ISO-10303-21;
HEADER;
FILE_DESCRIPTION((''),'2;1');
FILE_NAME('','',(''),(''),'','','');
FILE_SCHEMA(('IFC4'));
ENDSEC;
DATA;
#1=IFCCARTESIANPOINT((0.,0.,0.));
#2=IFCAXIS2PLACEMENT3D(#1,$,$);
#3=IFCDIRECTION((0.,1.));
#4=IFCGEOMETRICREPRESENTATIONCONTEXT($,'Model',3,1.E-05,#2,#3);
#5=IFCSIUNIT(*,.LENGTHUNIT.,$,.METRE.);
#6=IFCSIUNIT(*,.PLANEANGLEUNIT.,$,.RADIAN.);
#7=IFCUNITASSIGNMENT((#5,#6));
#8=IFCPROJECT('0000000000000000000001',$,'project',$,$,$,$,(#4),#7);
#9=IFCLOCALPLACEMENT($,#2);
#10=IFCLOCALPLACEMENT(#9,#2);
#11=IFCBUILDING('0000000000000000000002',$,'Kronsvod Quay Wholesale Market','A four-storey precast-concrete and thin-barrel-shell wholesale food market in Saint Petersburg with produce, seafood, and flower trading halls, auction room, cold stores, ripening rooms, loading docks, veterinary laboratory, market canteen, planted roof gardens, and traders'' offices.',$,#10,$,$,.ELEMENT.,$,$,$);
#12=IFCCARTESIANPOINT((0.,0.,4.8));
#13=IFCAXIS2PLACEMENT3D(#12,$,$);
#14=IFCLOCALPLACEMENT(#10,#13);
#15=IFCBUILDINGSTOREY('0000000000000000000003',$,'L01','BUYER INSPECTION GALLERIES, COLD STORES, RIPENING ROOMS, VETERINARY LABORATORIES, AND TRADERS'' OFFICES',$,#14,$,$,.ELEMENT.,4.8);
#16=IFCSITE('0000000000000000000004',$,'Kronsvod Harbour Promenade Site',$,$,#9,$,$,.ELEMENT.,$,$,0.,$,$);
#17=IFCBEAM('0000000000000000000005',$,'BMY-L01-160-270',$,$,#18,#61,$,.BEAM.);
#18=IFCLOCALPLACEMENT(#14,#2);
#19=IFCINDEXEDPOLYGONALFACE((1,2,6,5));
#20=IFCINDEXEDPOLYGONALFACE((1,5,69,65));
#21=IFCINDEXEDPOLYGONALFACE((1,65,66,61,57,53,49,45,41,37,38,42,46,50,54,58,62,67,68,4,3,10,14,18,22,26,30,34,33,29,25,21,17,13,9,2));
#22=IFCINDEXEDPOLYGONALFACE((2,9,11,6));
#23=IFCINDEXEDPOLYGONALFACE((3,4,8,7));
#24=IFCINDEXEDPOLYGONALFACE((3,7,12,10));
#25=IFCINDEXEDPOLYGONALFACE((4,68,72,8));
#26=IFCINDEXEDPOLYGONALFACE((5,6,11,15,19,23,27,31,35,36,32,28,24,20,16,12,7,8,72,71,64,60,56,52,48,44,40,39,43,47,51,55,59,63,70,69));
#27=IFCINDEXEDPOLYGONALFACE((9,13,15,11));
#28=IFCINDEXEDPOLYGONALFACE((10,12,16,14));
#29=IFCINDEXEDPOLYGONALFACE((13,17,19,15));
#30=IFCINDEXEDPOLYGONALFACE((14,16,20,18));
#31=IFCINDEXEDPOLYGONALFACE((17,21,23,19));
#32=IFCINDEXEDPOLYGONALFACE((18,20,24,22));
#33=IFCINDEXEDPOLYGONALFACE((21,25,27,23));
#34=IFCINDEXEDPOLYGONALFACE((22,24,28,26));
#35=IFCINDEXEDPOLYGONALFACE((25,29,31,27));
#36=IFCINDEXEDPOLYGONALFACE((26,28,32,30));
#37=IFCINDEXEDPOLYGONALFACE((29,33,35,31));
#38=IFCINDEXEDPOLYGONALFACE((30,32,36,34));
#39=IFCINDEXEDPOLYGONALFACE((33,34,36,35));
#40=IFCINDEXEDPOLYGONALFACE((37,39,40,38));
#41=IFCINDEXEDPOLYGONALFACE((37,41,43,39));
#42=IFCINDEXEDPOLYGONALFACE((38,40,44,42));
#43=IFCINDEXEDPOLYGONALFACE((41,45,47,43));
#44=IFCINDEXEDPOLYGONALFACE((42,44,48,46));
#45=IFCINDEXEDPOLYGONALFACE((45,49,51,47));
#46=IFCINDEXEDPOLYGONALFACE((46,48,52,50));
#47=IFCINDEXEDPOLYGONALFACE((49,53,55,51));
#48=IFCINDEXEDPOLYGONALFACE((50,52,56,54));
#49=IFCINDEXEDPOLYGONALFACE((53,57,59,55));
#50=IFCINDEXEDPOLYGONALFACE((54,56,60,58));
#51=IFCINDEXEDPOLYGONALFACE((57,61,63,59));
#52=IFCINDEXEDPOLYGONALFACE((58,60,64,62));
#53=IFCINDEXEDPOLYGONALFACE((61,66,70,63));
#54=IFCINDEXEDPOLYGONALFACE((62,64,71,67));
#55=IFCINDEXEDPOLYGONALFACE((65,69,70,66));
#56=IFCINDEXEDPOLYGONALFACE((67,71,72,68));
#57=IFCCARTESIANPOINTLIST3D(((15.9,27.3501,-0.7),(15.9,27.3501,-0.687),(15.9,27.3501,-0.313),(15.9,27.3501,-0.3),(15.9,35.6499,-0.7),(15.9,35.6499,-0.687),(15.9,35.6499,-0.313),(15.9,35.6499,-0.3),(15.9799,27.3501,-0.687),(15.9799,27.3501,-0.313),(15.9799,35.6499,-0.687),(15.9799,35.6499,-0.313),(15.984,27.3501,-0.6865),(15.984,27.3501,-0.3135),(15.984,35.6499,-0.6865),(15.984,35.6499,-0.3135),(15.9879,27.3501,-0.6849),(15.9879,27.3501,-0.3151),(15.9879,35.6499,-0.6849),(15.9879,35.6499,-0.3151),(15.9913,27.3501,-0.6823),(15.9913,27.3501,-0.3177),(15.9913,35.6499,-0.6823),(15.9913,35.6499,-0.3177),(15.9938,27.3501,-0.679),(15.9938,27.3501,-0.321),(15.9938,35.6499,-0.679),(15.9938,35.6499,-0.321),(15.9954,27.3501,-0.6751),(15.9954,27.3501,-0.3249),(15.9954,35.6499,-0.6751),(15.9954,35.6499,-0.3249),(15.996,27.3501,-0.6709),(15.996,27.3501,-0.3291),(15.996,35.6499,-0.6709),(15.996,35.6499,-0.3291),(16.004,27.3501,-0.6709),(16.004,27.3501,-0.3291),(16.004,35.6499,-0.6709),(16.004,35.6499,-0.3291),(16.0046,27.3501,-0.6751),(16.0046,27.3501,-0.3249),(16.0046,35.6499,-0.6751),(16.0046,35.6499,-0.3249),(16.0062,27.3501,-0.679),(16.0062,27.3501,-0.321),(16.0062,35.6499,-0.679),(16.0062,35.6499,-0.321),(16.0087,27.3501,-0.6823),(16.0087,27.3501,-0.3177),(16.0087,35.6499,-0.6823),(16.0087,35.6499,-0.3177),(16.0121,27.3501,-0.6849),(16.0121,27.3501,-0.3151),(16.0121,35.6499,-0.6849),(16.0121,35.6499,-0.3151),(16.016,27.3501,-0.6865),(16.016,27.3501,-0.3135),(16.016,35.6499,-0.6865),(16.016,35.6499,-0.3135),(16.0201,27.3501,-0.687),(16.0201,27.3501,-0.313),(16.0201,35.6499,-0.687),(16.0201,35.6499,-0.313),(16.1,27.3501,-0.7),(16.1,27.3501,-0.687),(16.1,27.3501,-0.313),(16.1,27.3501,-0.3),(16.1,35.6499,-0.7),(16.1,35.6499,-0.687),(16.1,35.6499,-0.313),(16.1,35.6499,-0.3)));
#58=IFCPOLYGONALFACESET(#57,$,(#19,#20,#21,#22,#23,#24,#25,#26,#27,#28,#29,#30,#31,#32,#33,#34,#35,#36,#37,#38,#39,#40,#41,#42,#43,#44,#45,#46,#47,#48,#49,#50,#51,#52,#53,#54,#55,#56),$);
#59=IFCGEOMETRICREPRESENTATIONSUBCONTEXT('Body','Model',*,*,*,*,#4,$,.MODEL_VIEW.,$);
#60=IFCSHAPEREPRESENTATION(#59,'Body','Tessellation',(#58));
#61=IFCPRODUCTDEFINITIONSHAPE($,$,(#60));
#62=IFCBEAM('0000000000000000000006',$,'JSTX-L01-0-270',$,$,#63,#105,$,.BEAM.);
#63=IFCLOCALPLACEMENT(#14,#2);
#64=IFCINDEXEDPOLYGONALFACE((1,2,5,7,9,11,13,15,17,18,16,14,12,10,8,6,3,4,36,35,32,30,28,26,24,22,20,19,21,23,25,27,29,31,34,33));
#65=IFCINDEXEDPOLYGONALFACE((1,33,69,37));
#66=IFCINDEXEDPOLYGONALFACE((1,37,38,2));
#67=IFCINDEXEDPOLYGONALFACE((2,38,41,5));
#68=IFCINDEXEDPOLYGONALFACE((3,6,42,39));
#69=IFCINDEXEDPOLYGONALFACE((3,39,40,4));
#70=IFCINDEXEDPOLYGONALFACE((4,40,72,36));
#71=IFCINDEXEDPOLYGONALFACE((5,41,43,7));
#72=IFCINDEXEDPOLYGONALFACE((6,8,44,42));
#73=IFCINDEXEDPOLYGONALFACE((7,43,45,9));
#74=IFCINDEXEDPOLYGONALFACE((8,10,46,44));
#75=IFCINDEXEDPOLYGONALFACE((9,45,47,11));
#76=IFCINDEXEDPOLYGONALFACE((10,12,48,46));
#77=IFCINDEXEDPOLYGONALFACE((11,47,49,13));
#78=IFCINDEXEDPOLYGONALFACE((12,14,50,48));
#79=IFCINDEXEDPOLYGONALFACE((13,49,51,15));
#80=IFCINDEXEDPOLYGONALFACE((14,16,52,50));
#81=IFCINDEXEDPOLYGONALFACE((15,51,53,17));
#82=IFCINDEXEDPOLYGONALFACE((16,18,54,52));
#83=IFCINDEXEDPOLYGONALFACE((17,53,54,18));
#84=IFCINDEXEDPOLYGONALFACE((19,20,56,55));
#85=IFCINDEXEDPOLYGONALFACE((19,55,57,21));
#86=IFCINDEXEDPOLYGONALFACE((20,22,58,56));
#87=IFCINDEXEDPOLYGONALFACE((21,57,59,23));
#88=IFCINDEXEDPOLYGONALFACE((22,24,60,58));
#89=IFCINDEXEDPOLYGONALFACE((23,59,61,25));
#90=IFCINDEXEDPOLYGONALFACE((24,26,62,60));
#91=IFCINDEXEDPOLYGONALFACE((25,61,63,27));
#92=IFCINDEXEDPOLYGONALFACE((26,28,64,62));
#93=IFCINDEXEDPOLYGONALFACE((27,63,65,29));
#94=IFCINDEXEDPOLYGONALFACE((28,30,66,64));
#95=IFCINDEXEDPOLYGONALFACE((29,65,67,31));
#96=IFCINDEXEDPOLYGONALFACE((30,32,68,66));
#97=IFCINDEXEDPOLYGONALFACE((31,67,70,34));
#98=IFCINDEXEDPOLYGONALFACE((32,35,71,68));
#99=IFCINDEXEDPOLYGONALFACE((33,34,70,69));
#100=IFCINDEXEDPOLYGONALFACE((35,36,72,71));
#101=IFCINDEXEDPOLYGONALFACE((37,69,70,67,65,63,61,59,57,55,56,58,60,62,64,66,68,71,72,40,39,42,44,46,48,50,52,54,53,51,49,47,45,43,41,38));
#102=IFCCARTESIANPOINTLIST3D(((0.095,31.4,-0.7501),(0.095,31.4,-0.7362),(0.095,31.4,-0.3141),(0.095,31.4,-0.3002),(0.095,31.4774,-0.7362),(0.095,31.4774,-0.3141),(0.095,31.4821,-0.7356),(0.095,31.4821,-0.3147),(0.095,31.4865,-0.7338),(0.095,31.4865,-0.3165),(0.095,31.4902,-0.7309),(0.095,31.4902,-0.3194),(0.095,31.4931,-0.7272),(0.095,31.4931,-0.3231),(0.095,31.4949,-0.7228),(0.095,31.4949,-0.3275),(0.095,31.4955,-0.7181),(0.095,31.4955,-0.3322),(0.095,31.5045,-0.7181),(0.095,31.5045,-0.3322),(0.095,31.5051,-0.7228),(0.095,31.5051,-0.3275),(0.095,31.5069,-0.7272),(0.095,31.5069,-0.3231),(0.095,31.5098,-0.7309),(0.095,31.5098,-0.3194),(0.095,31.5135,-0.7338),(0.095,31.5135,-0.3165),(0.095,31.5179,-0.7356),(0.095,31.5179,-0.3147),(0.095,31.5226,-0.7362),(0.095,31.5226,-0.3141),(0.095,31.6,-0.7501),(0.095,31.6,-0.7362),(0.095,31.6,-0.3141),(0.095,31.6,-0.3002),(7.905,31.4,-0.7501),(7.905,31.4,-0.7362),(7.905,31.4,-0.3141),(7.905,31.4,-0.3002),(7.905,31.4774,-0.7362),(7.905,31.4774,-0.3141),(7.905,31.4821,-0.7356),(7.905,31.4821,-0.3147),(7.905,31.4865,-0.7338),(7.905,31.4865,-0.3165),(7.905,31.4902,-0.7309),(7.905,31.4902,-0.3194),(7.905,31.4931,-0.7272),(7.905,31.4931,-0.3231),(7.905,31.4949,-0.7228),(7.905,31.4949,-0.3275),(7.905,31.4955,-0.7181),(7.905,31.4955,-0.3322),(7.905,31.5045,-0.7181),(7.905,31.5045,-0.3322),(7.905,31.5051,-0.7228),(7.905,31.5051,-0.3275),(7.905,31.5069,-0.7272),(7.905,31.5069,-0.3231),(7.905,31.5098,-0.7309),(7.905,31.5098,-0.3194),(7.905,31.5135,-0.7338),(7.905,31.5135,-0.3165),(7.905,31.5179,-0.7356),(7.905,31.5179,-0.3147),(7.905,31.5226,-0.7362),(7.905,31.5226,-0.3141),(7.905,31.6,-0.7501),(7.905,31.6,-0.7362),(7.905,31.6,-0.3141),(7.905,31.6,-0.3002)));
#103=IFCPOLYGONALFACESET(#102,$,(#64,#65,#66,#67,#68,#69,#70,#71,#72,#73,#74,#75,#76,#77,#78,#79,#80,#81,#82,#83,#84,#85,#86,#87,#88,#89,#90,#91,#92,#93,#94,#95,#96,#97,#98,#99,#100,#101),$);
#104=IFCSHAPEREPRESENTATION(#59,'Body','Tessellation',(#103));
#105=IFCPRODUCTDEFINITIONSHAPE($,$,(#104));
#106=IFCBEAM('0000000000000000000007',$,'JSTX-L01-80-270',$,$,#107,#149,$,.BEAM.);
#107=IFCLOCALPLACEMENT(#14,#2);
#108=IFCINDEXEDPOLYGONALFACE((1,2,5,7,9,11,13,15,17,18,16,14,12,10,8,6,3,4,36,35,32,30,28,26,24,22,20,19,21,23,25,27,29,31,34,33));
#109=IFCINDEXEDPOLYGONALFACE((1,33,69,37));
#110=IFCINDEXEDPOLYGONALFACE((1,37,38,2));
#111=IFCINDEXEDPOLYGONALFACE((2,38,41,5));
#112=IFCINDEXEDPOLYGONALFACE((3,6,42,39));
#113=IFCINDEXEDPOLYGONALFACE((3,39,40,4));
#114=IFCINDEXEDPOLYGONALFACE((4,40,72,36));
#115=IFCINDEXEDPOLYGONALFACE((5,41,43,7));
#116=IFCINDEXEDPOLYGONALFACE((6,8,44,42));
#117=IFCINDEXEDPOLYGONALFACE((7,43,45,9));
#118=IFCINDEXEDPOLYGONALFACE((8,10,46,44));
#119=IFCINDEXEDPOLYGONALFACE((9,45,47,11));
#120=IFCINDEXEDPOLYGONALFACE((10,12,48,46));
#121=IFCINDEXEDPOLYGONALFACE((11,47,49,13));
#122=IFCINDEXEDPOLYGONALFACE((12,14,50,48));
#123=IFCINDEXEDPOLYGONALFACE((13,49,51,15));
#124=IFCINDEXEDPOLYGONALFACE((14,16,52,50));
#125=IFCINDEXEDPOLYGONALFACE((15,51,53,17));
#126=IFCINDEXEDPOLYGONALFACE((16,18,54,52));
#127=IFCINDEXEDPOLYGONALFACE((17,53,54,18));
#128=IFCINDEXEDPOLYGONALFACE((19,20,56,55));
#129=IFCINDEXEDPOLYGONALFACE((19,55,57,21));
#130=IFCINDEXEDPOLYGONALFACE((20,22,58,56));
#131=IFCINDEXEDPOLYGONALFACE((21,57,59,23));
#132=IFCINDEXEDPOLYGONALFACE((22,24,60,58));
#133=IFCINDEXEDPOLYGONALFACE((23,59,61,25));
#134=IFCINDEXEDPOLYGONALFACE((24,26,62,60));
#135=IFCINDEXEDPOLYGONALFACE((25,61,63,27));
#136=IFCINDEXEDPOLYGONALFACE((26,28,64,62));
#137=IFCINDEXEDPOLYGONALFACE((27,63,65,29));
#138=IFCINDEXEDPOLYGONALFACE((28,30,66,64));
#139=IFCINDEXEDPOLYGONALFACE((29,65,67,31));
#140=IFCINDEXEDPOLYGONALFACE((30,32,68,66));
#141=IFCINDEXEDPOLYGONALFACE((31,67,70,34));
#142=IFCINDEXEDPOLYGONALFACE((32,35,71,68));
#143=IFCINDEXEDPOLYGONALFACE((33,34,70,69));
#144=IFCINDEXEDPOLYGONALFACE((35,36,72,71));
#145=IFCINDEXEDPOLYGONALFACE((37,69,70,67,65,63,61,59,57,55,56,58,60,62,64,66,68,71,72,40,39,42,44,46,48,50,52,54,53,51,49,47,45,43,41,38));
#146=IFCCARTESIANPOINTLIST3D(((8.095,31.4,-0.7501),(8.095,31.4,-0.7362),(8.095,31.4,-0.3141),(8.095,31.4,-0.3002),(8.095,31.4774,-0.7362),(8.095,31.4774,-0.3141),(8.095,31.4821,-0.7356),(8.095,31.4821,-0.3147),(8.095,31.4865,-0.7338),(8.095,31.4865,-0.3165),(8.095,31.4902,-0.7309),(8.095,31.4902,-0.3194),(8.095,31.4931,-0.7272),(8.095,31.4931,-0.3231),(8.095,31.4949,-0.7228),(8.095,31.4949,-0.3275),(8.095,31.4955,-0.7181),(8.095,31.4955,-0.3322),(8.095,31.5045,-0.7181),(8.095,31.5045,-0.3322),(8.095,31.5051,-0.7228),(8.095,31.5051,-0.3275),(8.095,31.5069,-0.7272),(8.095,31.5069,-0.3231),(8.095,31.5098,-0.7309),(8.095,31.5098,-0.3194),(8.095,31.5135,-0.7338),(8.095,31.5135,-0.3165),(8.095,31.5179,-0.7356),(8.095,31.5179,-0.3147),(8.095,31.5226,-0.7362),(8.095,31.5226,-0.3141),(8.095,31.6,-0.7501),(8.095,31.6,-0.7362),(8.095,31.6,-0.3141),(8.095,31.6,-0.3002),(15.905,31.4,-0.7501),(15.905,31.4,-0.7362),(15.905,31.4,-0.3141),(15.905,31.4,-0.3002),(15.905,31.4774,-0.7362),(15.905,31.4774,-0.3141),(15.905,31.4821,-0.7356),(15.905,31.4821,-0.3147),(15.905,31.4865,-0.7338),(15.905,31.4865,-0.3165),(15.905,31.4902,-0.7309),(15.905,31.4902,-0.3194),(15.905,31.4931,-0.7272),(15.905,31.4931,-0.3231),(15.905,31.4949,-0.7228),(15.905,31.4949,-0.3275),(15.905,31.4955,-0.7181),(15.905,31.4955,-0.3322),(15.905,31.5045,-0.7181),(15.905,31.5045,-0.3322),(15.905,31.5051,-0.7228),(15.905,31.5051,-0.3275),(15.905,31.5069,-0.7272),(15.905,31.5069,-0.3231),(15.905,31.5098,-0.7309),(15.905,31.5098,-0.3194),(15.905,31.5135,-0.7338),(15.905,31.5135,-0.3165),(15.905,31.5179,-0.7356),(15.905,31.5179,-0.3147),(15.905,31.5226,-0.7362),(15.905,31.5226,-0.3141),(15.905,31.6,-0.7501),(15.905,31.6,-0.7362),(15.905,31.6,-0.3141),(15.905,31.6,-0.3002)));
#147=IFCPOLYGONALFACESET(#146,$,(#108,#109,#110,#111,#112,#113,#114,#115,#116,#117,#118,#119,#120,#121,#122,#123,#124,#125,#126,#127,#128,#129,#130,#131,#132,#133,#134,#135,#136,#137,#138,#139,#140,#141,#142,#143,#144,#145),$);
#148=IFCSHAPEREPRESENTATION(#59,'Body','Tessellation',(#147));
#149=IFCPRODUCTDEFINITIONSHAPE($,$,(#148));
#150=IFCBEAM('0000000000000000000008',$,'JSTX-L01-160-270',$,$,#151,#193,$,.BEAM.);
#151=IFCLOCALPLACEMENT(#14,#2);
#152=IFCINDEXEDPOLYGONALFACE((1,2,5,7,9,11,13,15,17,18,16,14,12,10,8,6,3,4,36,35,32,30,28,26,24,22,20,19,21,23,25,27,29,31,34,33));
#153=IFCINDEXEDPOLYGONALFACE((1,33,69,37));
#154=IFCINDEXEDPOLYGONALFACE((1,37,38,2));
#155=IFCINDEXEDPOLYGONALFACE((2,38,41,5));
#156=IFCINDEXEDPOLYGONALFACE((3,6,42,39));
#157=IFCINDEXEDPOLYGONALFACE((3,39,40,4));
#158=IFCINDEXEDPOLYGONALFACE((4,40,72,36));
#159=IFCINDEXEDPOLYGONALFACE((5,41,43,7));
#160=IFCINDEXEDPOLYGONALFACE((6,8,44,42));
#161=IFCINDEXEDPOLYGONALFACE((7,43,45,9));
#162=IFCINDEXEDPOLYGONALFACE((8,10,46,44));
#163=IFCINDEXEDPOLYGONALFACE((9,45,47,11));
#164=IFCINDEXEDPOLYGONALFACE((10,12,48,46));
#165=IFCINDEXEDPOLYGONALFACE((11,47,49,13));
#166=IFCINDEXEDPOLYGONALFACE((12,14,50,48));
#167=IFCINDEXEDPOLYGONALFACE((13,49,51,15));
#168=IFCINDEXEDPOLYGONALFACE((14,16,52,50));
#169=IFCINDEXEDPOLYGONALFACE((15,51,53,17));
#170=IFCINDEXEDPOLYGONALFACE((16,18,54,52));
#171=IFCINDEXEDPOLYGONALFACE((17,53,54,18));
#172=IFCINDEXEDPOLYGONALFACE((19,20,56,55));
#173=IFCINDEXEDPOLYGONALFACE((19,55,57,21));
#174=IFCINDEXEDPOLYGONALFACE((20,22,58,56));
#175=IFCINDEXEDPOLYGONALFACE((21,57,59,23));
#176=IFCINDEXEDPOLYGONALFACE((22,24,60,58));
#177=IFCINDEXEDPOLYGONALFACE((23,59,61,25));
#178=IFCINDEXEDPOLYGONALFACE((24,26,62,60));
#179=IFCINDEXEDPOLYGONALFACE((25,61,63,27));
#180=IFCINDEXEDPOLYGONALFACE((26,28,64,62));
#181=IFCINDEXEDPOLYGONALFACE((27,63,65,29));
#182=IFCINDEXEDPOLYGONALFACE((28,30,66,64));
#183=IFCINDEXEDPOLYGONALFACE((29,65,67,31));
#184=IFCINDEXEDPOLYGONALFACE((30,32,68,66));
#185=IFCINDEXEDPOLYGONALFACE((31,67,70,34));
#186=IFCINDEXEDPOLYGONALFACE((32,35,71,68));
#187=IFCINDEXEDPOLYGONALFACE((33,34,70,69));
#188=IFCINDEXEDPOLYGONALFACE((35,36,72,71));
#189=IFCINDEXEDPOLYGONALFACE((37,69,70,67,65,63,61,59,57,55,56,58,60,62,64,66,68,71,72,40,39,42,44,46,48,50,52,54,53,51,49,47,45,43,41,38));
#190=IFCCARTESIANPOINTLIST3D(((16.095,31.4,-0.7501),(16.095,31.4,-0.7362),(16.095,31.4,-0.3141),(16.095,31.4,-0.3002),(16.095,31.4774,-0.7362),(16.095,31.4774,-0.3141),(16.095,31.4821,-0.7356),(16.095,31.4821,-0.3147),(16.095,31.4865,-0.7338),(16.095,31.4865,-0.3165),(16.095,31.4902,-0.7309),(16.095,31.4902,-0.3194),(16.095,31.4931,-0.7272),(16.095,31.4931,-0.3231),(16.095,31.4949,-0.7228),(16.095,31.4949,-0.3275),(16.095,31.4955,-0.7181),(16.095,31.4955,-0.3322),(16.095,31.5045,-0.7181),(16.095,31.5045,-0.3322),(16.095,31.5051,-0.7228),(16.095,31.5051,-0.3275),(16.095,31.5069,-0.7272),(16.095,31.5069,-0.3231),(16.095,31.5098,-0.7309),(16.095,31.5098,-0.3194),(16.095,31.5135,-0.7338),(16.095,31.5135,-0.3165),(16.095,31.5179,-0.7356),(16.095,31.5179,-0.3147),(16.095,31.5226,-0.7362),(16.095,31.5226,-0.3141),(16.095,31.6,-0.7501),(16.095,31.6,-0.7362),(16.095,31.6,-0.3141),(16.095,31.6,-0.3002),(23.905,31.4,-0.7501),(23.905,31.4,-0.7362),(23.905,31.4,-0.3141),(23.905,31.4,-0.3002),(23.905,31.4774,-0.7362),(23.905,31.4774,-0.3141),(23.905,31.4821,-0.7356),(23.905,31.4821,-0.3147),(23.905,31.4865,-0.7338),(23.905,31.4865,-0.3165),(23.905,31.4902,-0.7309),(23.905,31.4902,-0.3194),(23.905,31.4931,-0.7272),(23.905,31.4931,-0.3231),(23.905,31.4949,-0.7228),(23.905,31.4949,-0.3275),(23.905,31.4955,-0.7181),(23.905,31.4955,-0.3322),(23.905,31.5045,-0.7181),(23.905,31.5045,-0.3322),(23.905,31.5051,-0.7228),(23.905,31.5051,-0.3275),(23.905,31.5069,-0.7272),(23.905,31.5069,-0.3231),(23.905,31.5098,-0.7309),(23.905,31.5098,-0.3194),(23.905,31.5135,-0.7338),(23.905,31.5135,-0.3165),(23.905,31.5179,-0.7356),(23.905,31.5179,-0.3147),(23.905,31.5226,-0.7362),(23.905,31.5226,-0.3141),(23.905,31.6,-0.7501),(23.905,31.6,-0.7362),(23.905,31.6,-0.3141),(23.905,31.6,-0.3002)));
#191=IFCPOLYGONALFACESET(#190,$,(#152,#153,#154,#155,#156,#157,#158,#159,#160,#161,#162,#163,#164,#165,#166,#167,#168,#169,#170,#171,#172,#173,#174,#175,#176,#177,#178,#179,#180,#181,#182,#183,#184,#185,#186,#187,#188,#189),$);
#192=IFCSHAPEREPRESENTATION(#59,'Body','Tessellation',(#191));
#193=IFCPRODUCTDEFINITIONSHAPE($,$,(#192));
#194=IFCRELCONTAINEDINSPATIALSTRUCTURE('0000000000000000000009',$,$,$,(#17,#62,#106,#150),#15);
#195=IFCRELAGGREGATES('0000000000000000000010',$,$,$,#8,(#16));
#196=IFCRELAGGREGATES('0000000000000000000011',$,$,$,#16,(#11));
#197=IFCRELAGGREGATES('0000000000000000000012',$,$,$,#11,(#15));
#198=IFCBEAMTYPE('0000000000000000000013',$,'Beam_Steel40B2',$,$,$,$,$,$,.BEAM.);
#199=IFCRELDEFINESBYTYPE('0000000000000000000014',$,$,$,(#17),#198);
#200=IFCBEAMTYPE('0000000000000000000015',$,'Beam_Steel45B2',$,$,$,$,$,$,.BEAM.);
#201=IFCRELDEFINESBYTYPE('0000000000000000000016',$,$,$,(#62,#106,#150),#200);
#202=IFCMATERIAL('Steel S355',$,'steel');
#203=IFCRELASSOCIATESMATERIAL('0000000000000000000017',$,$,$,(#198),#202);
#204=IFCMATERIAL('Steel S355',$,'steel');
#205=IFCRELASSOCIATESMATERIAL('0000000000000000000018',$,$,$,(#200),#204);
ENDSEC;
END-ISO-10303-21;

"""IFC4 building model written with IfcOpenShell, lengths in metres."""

from ifc_helpers import new_model, si_unit, direction, frame, origin, origin_2d, place, context, subcontext, project, spatial, i_section, extrude, material, material_profile, profile_set, type_object, element, save


model = new_model("IFC4")

# Units and contexts
model_context = context("Model", 3, precision=1e-05, world=origin(), true_north=direction((0.0, 1.0)))
body_context = subcontext(model_context, "Body", "Model", "MODEL_VIEW")
ifc_project = project(units=[si_unit("LENGTHUNIT", "METRE"), si_unit("PLANEANGLEUNIT", "RADIAN")], contexts=[model_context])

# Site, building, storey
site_placement = place(None, origin())
site = spatial("IfcSite", under=ifc_project, at=site_placement, Name="Kronsvod Harbour Promenade Site", CompositionType="ELEMENT", RefElevation=0.0)
building_placement = place(site_placement, origin())
building = spatial("IfcBuilding", under=site, at=building_placement, Name="Kronsvod Quay Wholesale Market", Description="A four-storey precast-concrete and thin-barrel-shell wholesale food market in Saint Petersburg with produce, seafood, and flower trading halls, auction room, cold stores, ripening rooms, loading docks, veterinary laboratory, market canteen, planted roof gardens, and traders' offices.", CompositionType="ELEMENT")
storey_placement = place(building_placement, frame((0.0, 0.0, 4.8)))
storey = spatial("IfcBuildingStorey", under=building, at=storey_placement, Name="L01", Description="BUYER INSPECTION GALLERIES, COLD STORES, RIPENING ROOMS, VETERINARY LABORATORIES, AND TRADERS' OFFICES", CompositionType="ELEMENT", Elevation=4.8)

# Beams
ifc_material_1 = material(Name="Steel S355", Category="steel")
ifc_material_profile_1 = material_profile(ifc_material_1, i_section(OverallWidth=0.2, OverallDepth=0.3999, WebThickness=0.0081, FlangeThickness=0.0129, FilletRadius=0.0161, at=origin_2d()), Name="40B2")
ifc_profile_set_1 = profile_set([ifc_material_profile_1], Name="Steel S355")
beam_type_1 = type_object("IfcBeamType", Name="Beam_Steel40B2", PredefinedType="BEAM", material=ifc_profile_set_1)
for number, where, z_axis, x_axis, name in (
    (1, (16.0, 27.3501, -0.5), (0.0, 1.0, 0.0), (-1.0, 0.0, 0.0), "BMY-L01-160-270"),
):
    element("IfcBeam", number, at=place(storey_placement, frame(where, z_axis=z_axis, x_axis=x_axis)), inside=storey, type_object=beam_type_1, Name=name, PredefinedType="BEAM", context=body_context, shape_type="SweptSolid", body=[
        extrude(i_section(OverallWidth=0.2, OverallDepth=0.3999, WebThickness=0.0081, FlangeThickness=0.0129, FilletRadius=0.0161, at=origin_2d()), origin(), (0.0, 0.0, 1.0), 8.2998),
    ])
ifc_material_2 = material(Name="Steel S355", Category="steel")
ifc_material_profile_2 = material_profile(ifc_material_2, i_section(OverallWidth=0.2, OverallDepth=0.45, WebThickness=0.009, FlangeThickness=0.0139, FilletRadius=0.0181, at=origin_2d()), Name="45B2")
ifc_profile_set_2 = profile_set([ifc_material_profile_2], Name="Steel S355")
beam_type_2 = type_object("IfcBeamType", Name="Beam_Steel45B2", PredefinedType="BEAM", material=ifc_profile_set_2)
for number, where, z_axis, x_axis, name in (
    (2, (0.095, 31.5, -0.5251), (1.0, 0.0, 0.0), (0.0, 1.0, 0.0), "JSTX-L01-0-270"),
    (3, (8.095, 31.5, -0.5251), (1.0, 0.0, 0.0), (0.0, 1.0, 0.0), "JSTX-L01-80-270"),
    (4, (16.095, 31.5, -0.5251), (1.0, 0.0, 0.0), (0.0, 1.0, 0.0), "JSTX-L01-160-270"),
):
    element("IfcBeam", number, at=place(storey_placement, frame(where, z_axis=z_axis, x_axis=x_axis)), inside=storey, type_object=beam_type_2, Name=name, PredefinedType="BEAM", context=body_context, shape_type="SweptSolid", body=[
        extrude(i_section(OverallWidth=0.2, OverallDepth=0.45, WebThickness=0.009, FlangeThickness=0.0139, FilletRadius=0.0181, at=origin_2d()), origin(), (0.0, 0.0, 1.0), 7.8101),
    ])

save(model, "model.ifc")
